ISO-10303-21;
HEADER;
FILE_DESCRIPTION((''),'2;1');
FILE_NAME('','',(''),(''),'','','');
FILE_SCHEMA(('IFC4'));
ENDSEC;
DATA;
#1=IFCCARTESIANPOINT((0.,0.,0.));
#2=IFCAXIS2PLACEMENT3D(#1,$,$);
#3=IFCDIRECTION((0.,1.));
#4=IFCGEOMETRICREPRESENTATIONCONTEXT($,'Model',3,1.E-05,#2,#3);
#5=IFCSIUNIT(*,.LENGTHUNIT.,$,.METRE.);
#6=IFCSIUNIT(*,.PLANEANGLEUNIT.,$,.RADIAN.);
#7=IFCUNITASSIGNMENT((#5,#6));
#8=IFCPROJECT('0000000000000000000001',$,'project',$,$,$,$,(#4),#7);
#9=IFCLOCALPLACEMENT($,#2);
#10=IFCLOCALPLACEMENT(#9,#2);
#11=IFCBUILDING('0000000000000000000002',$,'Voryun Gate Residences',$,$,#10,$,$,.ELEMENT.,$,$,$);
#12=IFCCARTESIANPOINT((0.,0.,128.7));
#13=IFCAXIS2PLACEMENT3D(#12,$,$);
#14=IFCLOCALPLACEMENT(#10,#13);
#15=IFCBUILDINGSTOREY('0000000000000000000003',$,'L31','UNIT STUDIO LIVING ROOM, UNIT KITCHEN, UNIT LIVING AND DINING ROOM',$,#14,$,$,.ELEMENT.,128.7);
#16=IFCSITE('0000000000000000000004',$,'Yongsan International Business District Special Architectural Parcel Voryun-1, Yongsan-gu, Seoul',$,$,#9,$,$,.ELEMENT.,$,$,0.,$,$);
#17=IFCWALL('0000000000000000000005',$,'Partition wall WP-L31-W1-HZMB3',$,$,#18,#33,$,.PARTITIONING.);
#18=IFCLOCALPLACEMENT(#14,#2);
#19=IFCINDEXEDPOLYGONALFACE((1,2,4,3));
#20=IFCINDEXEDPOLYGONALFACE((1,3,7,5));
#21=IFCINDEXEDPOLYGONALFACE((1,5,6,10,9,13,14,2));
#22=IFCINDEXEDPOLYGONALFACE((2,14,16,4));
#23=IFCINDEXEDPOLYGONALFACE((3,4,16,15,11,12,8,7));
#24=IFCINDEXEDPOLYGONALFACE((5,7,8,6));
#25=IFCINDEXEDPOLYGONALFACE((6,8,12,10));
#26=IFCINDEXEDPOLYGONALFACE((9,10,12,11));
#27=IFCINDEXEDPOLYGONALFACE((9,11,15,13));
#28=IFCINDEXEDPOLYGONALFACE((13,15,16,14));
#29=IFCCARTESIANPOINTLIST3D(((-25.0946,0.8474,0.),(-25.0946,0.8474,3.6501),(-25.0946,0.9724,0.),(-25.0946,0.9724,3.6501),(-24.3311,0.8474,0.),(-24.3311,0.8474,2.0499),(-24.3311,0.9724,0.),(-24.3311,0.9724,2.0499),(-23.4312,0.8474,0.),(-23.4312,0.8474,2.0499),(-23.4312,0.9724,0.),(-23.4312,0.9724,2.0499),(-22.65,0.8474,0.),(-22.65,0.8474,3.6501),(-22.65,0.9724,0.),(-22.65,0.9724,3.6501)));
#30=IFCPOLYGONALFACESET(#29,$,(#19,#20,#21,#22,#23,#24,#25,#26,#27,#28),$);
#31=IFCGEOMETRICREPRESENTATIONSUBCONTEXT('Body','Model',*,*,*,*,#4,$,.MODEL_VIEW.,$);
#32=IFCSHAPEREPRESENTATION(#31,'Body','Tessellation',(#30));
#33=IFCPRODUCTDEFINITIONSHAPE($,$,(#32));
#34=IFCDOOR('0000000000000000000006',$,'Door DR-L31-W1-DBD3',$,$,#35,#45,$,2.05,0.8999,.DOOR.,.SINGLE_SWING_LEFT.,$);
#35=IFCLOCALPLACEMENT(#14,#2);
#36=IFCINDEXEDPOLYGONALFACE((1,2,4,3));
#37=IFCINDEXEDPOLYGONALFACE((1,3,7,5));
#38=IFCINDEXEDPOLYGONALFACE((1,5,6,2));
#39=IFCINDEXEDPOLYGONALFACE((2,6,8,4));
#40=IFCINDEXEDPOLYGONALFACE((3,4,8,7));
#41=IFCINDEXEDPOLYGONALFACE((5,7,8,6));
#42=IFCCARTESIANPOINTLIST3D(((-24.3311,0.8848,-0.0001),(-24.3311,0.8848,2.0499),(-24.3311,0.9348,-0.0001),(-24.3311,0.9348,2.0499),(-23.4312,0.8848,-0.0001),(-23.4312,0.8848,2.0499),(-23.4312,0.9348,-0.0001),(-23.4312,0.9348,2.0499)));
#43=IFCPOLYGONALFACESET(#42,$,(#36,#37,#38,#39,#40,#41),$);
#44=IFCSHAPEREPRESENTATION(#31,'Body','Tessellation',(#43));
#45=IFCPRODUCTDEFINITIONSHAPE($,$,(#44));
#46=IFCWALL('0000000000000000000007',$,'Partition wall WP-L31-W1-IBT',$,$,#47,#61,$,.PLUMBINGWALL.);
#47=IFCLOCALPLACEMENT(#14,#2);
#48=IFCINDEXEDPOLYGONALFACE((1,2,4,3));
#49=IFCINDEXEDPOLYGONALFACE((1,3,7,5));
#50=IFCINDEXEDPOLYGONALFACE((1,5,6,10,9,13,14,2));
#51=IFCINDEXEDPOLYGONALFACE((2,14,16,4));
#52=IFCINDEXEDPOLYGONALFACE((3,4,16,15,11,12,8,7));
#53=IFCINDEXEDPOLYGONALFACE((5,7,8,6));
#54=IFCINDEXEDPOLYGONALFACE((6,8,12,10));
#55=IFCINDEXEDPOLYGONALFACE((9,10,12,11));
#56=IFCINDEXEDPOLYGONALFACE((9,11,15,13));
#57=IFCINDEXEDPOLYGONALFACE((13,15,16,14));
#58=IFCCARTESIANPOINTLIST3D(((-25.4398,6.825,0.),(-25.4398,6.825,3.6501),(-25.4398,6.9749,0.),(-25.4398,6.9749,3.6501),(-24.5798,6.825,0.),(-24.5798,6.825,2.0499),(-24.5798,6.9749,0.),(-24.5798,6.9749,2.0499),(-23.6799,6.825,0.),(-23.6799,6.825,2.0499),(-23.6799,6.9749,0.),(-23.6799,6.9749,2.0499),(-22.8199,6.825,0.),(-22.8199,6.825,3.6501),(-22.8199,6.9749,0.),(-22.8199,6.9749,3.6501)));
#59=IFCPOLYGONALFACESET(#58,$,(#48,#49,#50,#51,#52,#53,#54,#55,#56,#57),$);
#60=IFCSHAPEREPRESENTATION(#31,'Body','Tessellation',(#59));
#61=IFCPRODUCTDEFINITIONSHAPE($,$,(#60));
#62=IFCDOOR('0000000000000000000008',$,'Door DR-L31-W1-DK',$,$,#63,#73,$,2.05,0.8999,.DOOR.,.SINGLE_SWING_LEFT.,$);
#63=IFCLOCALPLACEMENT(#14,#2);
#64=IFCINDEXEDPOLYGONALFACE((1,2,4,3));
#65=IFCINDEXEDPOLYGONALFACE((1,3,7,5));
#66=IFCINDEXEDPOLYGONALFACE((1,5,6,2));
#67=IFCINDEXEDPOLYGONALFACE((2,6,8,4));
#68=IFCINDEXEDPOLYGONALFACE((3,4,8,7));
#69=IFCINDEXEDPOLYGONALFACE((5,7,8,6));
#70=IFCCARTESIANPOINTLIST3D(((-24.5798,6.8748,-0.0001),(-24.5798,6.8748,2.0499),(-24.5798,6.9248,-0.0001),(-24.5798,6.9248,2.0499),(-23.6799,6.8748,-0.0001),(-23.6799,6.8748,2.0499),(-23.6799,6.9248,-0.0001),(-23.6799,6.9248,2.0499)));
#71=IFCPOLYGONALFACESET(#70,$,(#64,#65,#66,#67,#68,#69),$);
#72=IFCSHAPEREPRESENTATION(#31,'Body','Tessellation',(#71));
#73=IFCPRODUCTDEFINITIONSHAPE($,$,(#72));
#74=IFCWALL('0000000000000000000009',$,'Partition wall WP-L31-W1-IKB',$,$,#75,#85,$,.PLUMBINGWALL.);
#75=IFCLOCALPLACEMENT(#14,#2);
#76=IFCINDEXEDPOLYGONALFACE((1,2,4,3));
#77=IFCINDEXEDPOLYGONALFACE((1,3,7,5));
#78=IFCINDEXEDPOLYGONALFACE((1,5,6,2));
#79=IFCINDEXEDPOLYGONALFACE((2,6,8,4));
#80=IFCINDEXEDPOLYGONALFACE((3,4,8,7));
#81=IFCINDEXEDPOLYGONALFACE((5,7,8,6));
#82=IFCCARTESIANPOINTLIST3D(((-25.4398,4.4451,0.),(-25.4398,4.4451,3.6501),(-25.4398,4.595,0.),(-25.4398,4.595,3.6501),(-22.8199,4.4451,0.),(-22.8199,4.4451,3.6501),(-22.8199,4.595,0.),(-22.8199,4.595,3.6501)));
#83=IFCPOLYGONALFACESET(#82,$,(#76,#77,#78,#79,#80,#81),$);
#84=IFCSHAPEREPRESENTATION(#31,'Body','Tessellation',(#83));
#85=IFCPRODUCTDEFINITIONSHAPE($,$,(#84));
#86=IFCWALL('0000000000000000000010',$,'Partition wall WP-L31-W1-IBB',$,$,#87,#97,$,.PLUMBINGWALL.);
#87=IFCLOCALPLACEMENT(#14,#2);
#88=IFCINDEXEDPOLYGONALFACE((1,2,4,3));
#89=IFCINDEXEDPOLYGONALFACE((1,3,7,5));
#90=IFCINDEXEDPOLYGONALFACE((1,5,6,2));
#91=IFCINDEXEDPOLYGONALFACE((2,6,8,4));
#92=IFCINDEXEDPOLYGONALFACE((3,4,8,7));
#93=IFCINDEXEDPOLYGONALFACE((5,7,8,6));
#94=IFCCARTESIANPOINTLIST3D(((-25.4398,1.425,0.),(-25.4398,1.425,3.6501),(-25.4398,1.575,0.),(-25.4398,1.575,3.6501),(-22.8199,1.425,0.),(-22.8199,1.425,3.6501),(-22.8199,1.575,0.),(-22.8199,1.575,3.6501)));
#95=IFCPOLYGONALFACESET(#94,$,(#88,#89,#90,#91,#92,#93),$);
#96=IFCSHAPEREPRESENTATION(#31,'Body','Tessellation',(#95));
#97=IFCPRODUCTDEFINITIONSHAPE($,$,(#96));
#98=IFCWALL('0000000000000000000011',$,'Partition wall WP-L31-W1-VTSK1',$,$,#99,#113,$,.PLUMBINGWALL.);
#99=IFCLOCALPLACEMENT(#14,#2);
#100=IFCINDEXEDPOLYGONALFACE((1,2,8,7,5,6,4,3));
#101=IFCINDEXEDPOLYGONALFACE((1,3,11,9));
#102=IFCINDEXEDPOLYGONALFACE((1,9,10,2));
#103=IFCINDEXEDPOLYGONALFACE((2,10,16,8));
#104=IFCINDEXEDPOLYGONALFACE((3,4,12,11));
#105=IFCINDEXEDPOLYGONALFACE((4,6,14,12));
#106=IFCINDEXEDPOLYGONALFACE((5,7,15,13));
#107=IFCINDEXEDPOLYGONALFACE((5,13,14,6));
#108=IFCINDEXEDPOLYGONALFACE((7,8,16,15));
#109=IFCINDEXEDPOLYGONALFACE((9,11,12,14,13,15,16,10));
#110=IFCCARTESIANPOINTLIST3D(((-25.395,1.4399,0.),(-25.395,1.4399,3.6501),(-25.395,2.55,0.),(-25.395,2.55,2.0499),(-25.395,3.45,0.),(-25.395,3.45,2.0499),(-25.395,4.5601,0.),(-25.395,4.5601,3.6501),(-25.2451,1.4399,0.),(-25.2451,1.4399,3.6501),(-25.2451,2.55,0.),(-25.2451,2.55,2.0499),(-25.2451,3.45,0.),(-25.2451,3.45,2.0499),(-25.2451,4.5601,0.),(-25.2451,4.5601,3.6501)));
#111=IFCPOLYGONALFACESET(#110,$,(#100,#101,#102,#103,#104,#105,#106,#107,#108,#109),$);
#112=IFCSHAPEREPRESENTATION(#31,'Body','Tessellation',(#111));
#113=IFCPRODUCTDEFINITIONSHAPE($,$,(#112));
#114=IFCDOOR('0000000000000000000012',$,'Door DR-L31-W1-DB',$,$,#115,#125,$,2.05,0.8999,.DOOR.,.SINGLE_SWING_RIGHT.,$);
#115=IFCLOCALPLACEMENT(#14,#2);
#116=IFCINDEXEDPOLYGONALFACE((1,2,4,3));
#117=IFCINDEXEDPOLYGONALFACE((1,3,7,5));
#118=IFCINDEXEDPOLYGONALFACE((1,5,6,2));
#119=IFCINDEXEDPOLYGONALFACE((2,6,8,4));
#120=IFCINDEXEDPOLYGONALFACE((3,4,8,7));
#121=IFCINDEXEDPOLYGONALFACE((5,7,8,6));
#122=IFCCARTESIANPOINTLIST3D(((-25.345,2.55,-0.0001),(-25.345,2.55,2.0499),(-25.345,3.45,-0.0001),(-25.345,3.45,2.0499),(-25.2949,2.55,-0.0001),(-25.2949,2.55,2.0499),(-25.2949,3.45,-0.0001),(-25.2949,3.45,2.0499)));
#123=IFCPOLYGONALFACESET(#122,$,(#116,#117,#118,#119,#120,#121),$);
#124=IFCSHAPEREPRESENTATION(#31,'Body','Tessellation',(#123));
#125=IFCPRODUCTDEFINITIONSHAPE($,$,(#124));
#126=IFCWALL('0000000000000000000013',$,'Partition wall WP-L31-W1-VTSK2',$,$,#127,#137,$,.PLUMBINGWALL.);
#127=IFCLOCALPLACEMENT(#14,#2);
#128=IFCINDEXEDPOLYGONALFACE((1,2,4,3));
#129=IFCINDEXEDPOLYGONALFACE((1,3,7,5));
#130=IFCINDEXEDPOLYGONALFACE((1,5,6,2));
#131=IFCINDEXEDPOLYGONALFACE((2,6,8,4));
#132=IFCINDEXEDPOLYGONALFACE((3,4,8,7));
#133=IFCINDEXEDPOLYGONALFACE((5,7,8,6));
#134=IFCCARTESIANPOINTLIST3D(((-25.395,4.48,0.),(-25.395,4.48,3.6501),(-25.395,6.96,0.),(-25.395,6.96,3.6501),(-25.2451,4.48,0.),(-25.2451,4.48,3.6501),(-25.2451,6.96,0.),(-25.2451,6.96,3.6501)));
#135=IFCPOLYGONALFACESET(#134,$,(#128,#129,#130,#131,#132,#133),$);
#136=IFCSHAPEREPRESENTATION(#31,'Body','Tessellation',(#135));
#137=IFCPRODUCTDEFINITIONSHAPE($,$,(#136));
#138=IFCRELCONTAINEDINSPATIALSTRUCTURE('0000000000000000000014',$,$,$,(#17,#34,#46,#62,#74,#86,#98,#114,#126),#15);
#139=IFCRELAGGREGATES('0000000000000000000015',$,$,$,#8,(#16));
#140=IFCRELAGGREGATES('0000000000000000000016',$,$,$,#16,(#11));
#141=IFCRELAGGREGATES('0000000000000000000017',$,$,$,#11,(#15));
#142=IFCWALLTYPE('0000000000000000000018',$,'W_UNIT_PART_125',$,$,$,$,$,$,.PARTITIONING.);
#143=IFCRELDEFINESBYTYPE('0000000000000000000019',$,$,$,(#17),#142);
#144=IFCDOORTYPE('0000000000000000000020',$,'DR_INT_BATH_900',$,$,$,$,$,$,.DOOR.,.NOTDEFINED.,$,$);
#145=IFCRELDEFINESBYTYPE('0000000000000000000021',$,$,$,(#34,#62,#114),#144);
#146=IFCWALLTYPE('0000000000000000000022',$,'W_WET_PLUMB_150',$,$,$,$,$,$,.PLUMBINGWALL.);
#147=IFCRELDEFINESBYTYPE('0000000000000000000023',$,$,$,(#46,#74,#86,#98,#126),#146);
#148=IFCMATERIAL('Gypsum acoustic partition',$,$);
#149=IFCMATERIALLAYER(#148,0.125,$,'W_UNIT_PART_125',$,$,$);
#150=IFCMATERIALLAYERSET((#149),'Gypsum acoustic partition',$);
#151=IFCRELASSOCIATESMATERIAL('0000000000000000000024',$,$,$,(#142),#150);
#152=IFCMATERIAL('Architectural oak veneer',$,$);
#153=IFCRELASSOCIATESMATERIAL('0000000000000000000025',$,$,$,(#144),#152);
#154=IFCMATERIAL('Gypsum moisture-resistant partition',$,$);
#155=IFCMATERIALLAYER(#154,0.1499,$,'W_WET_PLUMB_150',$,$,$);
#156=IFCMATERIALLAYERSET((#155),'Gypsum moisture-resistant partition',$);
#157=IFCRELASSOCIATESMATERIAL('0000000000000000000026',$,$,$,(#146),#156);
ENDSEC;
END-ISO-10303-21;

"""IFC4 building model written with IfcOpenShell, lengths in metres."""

from ifc_helpers import new_model, si_unit, direction, frame, frame_2d, origin, place, context, subcontext, project, spatial, rectangle, extrude, material, layer, layer_set, type_object, element, fill, save


model = new_model("IFC4")

# Units and contexts
model_context = context("Model", 3, precision=1e-05, world=origin(), true_north=direction((0.0, 1.0)))
body_context = subcontext(model_context, "Body", "Model", "MODEL_VIEW")
ifc_project = project(units=[si_unit("LENGTHUNIT", "METRE"), si_unit("PLANEANGLEUNIT", "RADIAN")], contexts=[model_context])

# Site, building, storey
site_placement = place(None, origin())
site = spatial("IfcSite", under=ifc_project, at=site_placement, Name="Yongsan International Business District Special Architectural Parcel Voryun-1, Yongsan-gu, Seoul", CompositionType="ELEMENT", RefElevation=0.0)
building_placement = place(site_placement, origin())
building = spatial("IfcBuilding", under=site, at=building_placement, Name="Voryun Gate Residences", CompositionType="ELEMENT")
storey_placement = place(building_placement, frame((0.0, 0.0, 128.7)))
storey = spatial("IfcBuildingStorey", under=building, at=storey_placement, Name="L31", Description="UNIT STUDIO LIVING ROOM, UNIT KITCHEN, UNIT LIVING AND DINING ROOM", CompositionType="ELEMENT", Elevation=128.7)

# Walls, openings, doors
ifc_material_1 = material(Name="Gypsum acoustic partition")
ifc_layer_1 = layer(ifc_material_1, 0.125, Name="W_UNIT_PART_125")
ifc_layer_set_1 = layer_set([ifc_layer_1], Name="Gypsum acoustic partition")
wall_type_1 = type_object("IfcWallType", Name="W_UNIT_PART_125", PredefinedType="PARTITIONING", material=ifc_layer_set_1)
ifc_material_2 = material(Name="Architectural oak veneer")
door_type_1 = type_object("IfcDoorType", Name="DR_INT_BATH_900", OperationType="NOTDEFINED", PredefinedType="DOOR", material=ifc_material_2)
wall_1_placement = place(storey_placement, frame((-25.0945, 0.9099, 0.0), z_axis=(0.0, 0.0, 1.0), x_axis=(1.0, 0.0, 0.0)))
wall_1 = element("IfcWall", 1, at=wall_1_placement, inside=storey, type_object=wall_type_1, Name="Partition wall WP-L31-W1-HZMB3", PredefinedType="PARTITIONING", context=body_context, shape_type="SweptSolid", body=[
    extrude(rectangle(XDim=2.4446, YDim=0.125, at=frame_2d((1.2222, 0.0))), origin(), (0.0, 0.0, 1.0), 3.6501),
])
opening_1_placement = place(wall_1_placement, frame((0.7634, 0.0, 0.0)))
opening_1 = element("IfcOpeningElement", 2, at=opening_1_placement, cuts=wall_1, PredefinedType="OPENING", context=body_context, shape_type="SweptSolid", body=[
    extrude(rectangle(XDim=0.8999, YDim=2.05, at=frame_2d((0.45, 1.0249))), frame((0.0, 0.0725, 0.0), z_axis=(0.0, -1.0, 0.0), x_axis=(1.0, 0.0, 0.0)), (0.0, 0.0, 1.0), 0.145),
])
door_1_placement = place(opening_1_placement, origin())
door_1 = element("IfcDoor", 3, at=door_1_placement, inside=storey, type_object=door_type_1, Name="Door DR-L31-W1-DBD3", OperationType="SINGLE_SWING_LEFT", OverallHeight=2.05, OverallWidth=0.8999, PredefinedType="DOOR", context=body_context, shape_type="SweptSolid", body=[
    extrude(rectangle(XDim=0.8999, YDim=2.05, at=frame_2d((0.45, 1.0249))), frame((0.0, 0.0249, 0.0), z_axis=(0.0, -1.0, 0.0), x_axis=(1.0, 0.0, 0.0)), (0.0, 0.0, 1.0), 0.05),
])
fill(opening_1, door_1)
ifc_material_3 = material(Name="Gypsum moisture-resistant partition")
ifc_layer_2 = layer(ifc_material_3, 0.1499, Name="W_WET_PLUMB_150")
ifc_layer_set_2 = layer_set([ifc_layer_2], Name="Gypsum moisture-resistant partition")
wall_type_2 = type_object("IfcWallType", Name="W_WET_PLUMB_150", PredefinedType="PLUMBINGWALL", material=ifc_layer_set_2)
wall_2_placement = place(storey_placement, frame((-25.4399, 6.8999, 0.0), z_axis=(0.0, 0.0, 1.0), x_axis=(1.0, 0.0, 0.0)))
wall_2 = element("IfcWall", 4, at=wall_2_placement, inside=storey, type_object=wall_type_2, Name="Partition wall WP-L31-W1-IBT", PredefinedType="PLUMBINGWALL", context=body_context, shape_type="SweptSolid", body=[
    extrude(rectangle(XDim=2.6199, YDim=0.1499, at=frame_2d((1.3101, 0.0))), origin(), (0.0, 0.0, 1.0), 3.6501),
])
opening_2_placement = place(wall_2_placement, frame((0.8601, 0.0, 0.0)))
opening_2 = element("IfcOpeningElement", 5, at=opening_2_placement, cuts=wall_2, PredefinedType="OPENING", context=body_context, shape_type="SweptSolid", body=[
    extrude(rectangle(XDim=0.8999, YDim=2.05, at=frame_2d((0.45, 1.0249))), frame((0.0, 0.085, 0.0), z_axis=(0.0, -1.0, 0.0), x_axis=(1.0, 0.0, 0.0)), (0.0, 0.0, 1.0), 0.1699),
])
door_2_placement = place(opening_2_placement, origin())
door_2 = element("IfcDoor", 6, at=door_2_placement, inside=storey, type_object=door_type_1, Name="Door DR-L31-W1-DK", OperationType="SINGLE_SWING_LEFT", OverallHeight=2.05, OverallWidth=0.8999, PredefinedType="DOOR", context=body_context, shape_type="SweptSolid", body=[
    extrude(rectangle(XDim=0.8999, YDim=2.05, at=frame_2d((0.45, 1.0249))), frame((0.0, 0.0249, 0.0), z_axis=(0.0, -1.0, 0.0), x_axis=(1.0, 0.0, 0.0)), (0.0, 0.0, 1.0), 0.05),
])
fill(opening_2, door_2)

# Walls
for number, where, z_axis, x_axis, name in (
    (7, (-25.4399, 4.52, 0.0), (0.0, 0.0, 1.0), (1.0, 0.0, 0.0), "Partition wall WP-L31-W1-IKB"),
    (8, (-25.4399, 1.5, 0.0), (0.0, 0.0, 1.0), (1.0, 0.0, 0.0), "Partition wall WP-L31-W1-IBB"),
):
    element("IfcWall", number, at=place(storey_placement, frame(where, z_axis=z_axis, x_axis=x_axis)), inside=storey, type_object=wall_type_2, Name=name, PredefinedType="PLUMBINGWALL", context=body_context, shape_type="SweptSolid", body=[
        extrude(rectangle(XDim=2.6199, YDim=0.1499, at=frame_2d((1.3101, 0.0))), origin(), (0.0, 0.0, 1.0), 3.6501),
    ])

# Wall, opening, door
wall_3_placement = place(storey_placement, frame((-25.3201, 1.4399, 0.0), z_axis=(0.0, 0.0, 1.0), x_axis=(0.0, 1.0, 0.0)))
wall_3 = element("IfcWall", 9, at=wall_3_placement, inside=storey, type_object=wall_type_2, Name="Partition wall WP-L31-W1-VTSK1", PredefinedType="PLUMBINGWALL", context=body_context, shape_type="SweptSolid", body=[
    extrude(rectangle(XDim=3.1201, YDim=0.1499, at=frame_2d((1.5601, 0.0))), origin(), (0.0, 0.0, 1.0), 3.6501),
])
opening_3_placement = place(wall_3_placement, frame((1.1101, 0.0, 0.0)))
opening_3 = element("IfcOpeningElement", 10, at=opening_3_placement, cuts=wall_3, PredefinedType="OPENING", context=body_context, shape_type="SweptSolid", body=[
    extrude(rectangle(XDim=0.8999, YDim=2.05, at=frame_2d((0.45, 1.0249))), frame((0.0, 0.085, 0.0), z_axis=(0.0, -1.0, 0.0), x_axis=(1.0, 0.0, 0.0)), (0.0, 0.0, 1.0), 0.1699),
])
door_3_placement = place(opening_3_placement, origin())
door_3 = element("IfcDoor", 11, at=door_3_placement, inside=storey, type_object=door_type_1, Name="Door DR-L31-W1-DB", OperationType="SINGLE_SWING_RIGHT", OverallHeight=2.05, OverallWidth=0.8999, PredefinedType="DOOR", context=body_context, shape_type="SweptSolid", body=[
    extrude(rectangle(XDim=0.8999, YDim=2.05, at=frame_2d((0.45, 1.0249))), frame((0.0, 0.0249, 0.0), z_axis=(0.0, -1.0, 0.0), x_axis=(1.0, 0.0, 0.0)), (0.0, 0.0, 1.0), 0.05),
])
fill(opening_3, door_3)

# Wall
wall_4_placement = place(storey_placement, frame((-25.3201, 4.48, 0.0), z_axis=(0.0, 0.0, 1.0), x_axis=(0.0, 1.0, 0.0)))
element("IfcWall", 12, at=wall_4_placement, inside=storey, type_object=wall_type_2, Name="Partition wall WP-L31-W1-VTSK2", PredefinedType="PLUMBINGWALL", context=body_context, shape_type="SweptSolid", body=[
    extrude(rectangle(XDim=2.48, YDim=0.1499, at=frame_2d((1.24, 0.0))), origin(), (0.0, 0.0, 1.0), 3.6501),
])

save(model, "model.ifc")
